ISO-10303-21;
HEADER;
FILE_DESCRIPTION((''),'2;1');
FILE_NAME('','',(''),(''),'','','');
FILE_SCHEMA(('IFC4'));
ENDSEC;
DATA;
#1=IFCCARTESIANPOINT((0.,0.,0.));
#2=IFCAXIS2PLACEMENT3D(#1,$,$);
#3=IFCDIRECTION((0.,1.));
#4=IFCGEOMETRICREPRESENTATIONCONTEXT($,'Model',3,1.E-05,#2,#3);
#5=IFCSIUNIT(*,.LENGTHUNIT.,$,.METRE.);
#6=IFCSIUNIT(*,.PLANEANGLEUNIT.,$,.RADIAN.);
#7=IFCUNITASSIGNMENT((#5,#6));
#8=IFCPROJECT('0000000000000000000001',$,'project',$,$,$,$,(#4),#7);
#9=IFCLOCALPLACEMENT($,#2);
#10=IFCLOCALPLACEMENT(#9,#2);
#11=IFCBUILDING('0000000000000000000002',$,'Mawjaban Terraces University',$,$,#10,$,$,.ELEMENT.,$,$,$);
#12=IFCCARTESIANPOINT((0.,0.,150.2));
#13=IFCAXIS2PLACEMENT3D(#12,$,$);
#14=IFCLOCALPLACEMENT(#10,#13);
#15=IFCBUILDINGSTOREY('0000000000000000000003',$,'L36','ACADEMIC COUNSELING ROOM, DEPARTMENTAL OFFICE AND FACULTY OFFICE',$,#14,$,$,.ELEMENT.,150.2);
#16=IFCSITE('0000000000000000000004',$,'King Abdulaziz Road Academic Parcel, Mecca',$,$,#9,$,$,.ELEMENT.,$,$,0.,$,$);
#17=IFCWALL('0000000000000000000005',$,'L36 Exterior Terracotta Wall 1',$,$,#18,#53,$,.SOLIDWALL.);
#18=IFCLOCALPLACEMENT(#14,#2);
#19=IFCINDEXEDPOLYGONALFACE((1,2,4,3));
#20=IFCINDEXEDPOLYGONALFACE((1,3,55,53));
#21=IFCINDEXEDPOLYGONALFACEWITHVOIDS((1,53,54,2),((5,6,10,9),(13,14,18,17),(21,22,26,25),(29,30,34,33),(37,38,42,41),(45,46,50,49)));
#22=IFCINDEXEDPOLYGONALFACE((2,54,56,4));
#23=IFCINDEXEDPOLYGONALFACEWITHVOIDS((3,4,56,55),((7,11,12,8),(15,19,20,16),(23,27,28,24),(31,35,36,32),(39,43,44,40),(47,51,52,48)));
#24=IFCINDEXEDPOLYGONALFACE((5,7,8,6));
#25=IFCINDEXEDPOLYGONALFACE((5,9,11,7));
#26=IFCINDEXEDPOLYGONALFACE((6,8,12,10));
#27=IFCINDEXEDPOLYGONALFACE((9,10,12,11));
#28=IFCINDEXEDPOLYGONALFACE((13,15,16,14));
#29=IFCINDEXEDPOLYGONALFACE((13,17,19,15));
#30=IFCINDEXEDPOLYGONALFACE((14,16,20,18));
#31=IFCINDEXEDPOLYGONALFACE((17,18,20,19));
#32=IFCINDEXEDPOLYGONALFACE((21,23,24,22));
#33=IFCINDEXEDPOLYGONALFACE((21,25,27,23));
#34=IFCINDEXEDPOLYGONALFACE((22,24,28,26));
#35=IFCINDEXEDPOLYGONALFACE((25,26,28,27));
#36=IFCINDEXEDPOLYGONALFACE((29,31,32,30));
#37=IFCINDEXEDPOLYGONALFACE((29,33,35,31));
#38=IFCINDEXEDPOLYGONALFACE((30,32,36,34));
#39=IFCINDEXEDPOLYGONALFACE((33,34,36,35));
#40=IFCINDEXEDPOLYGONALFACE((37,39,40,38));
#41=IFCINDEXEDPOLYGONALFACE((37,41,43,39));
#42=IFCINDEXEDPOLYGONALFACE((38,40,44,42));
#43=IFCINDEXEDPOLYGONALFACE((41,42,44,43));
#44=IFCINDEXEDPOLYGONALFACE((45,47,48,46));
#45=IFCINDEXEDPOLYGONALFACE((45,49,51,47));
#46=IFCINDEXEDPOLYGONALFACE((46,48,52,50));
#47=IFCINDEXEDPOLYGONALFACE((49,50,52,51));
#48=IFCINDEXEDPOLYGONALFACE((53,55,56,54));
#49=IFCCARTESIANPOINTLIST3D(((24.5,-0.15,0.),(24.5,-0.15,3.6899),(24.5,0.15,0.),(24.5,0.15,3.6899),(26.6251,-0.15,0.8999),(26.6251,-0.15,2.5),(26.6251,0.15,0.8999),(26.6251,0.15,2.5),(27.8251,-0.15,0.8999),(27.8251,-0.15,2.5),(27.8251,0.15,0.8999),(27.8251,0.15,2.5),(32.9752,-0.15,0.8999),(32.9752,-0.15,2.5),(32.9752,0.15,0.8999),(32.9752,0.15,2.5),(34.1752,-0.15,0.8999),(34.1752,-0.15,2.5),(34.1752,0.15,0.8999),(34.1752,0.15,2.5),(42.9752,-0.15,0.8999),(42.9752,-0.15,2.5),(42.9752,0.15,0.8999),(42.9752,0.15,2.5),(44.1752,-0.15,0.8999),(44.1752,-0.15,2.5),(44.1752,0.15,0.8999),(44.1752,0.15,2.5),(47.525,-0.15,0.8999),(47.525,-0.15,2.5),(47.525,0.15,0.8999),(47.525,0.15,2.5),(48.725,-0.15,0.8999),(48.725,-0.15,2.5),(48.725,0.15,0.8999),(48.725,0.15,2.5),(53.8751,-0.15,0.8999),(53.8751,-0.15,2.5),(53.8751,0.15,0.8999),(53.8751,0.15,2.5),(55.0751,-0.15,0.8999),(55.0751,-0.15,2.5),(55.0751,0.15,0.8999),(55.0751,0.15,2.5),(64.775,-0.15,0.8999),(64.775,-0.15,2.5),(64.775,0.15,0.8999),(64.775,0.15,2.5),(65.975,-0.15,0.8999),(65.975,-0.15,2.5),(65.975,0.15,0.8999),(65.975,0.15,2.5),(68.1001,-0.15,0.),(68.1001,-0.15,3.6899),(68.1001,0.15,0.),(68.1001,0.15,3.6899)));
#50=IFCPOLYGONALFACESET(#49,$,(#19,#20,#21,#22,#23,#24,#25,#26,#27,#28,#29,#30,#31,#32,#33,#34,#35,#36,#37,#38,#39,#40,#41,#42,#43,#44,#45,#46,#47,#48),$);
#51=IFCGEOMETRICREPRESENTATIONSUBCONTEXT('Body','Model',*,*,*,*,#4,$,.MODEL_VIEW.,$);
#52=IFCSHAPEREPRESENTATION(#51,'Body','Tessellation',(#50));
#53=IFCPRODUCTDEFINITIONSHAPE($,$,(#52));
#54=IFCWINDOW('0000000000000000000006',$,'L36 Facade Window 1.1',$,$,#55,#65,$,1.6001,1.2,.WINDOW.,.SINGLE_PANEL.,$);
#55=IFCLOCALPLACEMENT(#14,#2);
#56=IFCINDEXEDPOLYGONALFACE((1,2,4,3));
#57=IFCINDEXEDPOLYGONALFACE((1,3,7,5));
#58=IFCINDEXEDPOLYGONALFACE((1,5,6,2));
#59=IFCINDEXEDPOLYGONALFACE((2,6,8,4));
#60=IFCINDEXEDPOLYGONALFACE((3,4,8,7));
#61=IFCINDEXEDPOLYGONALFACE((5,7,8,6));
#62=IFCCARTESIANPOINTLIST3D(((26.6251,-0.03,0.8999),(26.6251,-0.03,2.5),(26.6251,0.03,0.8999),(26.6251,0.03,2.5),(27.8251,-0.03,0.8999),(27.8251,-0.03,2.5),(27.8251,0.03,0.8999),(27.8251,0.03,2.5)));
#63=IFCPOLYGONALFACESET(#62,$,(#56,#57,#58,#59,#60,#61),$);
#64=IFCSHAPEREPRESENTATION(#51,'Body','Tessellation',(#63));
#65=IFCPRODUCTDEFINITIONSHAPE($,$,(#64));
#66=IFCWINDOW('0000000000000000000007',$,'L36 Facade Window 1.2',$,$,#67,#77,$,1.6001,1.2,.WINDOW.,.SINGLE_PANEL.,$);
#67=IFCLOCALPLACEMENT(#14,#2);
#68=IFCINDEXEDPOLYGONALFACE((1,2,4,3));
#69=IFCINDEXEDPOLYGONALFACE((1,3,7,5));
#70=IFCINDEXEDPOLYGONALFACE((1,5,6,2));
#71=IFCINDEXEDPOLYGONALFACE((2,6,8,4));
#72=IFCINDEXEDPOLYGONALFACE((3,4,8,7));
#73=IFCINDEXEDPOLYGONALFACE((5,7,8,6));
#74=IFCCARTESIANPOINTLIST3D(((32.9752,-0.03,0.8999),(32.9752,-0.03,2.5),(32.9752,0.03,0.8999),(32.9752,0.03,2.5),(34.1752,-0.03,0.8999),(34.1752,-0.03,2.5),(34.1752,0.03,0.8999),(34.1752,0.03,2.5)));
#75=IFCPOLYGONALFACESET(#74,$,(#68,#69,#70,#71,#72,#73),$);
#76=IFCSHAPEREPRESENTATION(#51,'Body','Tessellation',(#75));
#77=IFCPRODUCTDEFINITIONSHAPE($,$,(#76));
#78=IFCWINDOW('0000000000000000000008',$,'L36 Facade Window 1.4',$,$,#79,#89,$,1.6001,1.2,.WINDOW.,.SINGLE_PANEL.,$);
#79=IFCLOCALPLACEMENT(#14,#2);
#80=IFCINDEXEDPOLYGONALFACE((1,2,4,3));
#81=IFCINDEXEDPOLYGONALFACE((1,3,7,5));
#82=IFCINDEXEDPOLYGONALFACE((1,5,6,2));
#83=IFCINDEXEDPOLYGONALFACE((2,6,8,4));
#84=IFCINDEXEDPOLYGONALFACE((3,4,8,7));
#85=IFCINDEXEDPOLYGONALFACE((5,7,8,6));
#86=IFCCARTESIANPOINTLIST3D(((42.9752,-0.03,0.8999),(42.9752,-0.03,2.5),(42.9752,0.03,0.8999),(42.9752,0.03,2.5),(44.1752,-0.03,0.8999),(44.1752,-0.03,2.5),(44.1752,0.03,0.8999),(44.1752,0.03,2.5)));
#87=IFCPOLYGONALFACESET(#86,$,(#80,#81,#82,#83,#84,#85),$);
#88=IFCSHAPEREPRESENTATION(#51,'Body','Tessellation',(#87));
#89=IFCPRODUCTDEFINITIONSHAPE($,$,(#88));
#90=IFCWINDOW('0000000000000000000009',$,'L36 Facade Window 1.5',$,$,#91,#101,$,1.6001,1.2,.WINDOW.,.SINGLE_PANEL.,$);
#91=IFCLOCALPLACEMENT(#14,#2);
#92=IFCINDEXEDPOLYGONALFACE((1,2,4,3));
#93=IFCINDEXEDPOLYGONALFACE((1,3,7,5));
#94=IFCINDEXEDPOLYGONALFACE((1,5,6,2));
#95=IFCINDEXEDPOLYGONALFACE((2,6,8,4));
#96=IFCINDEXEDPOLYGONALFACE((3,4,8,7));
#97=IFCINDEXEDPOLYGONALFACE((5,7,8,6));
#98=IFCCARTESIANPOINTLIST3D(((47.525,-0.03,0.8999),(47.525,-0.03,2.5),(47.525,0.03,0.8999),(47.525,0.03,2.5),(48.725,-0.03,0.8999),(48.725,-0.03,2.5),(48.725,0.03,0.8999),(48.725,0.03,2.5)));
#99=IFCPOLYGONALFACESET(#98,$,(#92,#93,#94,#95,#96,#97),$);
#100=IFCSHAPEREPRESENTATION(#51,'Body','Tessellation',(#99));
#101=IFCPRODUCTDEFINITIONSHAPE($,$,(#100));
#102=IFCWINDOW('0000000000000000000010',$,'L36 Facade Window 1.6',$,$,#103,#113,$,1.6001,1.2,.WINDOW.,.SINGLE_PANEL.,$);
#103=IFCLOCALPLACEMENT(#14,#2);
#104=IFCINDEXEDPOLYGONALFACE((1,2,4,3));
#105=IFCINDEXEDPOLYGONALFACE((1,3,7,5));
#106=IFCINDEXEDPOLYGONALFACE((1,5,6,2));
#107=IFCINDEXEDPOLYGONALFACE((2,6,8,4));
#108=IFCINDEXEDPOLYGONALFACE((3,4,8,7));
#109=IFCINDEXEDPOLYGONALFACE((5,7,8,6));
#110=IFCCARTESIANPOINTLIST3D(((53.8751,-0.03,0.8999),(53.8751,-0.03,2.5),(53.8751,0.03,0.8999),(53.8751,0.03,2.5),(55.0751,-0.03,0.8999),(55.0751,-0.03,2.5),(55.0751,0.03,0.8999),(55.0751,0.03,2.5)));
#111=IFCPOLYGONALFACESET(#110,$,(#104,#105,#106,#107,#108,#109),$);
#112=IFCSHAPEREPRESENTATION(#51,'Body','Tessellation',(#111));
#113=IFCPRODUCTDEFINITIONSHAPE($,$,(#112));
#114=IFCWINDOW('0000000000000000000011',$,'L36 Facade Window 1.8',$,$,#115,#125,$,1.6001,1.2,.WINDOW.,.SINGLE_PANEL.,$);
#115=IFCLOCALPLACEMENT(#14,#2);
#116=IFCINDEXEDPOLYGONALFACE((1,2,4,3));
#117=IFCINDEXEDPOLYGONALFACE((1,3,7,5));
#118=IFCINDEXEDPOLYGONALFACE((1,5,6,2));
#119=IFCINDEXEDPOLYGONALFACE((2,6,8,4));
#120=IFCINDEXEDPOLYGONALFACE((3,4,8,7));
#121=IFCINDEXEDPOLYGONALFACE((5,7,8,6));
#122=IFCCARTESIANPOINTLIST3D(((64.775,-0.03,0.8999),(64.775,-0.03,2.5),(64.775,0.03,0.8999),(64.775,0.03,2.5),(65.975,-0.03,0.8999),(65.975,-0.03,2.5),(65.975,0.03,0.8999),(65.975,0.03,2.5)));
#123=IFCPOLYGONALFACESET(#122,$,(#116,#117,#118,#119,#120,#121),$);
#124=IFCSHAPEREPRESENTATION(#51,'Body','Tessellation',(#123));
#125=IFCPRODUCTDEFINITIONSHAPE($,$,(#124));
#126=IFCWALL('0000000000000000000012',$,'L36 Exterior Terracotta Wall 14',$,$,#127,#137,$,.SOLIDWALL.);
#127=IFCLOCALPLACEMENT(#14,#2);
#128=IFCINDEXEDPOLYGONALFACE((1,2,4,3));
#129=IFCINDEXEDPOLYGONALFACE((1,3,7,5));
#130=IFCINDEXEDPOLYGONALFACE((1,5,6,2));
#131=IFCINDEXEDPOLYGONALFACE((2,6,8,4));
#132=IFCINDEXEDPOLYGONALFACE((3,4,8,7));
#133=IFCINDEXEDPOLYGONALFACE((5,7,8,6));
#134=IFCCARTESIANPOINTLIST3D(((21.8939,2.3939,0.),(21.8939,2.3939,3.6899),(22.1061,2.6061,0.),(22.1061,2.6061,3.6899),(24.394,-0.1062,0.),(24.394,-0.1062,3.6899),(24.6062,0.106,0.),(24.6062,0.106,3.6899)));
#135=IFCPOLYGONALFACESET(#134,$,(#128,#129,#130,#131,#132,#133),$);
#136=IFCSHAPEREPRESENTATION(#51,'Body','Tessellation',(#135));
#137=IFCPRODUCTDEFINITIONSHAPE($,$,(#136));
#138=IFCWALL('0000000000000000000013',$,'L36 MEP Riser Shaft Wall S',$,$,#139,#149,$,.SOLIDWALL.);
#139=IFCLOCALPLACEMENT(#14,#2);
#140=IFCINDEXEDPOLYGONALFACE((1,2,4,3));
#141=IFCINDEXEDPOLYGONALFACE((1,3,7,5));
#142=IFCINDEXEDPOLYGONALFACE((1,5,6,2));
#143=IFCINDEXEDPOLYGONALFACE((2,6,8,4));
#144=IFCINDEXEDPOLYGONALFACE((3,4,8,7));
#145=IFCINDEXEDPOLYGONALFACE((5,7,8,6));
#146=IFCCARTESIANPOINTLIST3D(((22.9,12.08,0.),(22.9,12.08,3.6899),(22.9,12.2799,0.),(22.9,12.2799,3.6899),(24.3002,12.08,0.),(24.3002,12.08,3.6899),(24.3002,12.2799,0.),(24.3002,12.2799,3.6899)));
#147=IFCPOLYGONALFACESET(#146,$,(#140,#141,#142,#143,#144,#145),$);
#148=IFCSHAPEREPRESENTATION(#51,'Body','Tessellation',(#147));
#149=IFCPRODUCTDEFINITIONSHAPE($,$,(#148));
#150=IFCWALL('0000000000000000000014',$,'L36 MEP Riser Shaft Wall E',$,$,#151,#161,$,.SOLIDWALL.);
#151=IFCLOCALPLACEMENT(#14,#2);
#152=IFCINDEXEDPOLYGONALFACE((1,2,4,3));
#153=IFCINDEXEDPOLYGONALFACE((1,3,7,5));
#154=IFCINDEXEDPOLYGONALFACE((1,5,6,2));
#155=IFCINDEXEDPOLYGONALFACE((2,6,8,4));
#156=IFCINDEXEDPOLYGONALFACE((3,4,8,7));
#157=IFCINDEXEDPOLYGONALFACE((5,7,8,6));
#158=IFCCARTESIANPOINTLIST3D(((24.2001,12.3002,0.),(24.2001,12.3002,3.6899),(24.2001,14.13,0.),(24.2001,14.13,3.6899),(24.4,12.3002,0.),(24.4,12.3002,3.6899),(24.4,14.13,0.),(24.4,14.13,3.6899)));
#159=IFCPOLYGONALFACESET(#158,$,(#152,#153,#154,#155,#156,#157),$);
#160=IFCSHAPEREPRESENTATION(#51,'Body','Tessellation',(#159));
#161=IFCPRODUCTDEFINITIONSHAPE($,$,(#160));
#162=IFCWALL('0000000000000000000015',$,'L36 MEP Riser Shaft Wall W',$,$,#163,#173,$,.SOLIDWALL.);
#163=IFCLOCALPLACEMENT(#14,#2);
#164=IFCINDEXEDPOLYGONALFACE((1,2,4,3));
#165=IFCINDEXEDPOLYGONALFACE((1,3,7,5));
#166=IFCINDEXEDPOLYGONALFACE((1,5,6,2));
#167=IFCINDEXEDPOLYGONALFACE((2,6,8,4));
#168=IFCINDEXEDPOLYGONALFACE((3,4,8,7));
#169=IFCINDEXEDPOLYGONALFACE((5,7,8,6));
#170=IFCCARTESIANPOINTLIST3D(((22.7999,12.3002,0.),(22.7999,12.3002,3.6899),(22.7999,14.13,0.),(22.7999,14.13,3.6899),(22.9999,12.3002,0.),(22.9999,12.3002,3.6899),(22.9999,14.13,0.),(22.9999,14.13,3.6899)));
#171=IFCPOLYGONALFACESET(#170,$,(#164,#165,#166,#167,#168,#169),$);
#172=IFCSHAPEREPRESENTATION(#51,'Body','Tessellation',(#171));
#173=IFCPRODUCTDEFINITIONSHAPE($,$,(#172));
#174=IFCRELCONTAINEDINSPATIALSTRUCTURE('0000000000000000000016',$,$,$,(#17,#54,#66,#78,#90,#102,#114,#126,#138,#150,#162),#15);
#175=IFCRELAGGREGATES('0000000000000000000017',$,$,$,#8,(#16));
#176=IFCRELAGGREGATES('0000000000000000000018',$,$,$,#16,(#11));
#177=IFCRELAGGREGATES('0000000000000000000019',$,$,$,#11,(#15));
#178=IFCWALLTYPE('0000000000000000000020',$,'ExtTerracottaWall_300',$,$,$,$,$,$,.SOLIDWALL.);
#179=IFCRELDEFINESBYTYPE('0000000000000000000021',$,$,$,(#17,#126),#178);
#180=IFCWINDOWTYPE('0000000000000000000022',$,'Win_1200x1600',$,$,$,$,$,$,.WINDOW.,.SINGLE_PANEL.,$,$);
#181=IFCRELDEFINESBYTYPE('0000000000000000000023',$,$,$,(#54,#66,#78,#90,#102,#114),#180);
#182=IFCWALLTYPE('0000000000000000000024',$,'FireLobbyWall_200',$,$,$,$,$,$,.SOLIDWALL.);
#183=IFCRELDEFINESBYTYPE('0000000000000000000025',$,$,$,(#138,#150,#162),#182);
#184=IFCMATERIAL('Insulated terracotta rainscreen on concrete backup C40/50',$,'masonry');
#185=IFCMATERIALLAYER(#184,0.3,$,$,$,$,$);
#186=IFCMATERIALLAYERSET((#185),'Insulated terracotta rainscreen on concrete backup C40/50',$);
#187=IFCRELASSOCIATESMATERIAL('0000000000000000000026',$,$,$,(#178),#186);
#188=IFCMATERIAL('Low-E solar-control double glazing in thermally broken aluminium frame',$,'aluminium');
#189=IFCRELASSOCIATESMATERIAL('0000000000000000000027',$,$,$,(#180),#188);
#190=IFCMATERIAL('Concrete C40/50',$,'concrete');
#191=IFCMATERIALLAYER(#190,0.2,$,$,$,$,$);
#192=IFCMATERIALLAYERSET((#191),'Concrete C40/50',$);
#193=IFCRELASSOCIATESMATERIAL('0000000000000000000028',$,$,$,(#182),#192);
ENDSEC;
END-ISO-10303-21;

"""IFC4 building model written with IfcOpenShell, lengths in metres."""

from ifc_helpers import new_model, si_unit, direction, frame, frame_2d, origin, place, context, subcontext, project, spatial, rectangle, extrude, material, layer, layer_set, type_object, element, fill, save


model = new_model("IFC4")

# Units and contexts
model_context = context("Model", 3, precision=1e-05, world=origin(), true_north=direction((0.0, 1.0)))
body_context = subcontext(model_context, "Body", "Model", "MODEL_VIEW")
ifc_project = project(units=[si_unit("LENGTHUNIT", "METRE"), si_unit("PLANEANGLEUNIT", "RADIAN")], contexts=[model_context])

# Site, building, storey
site_placement = place(None, origin())
site = spatial("IfcSite", under=ifc_project, at=site_placement, Name="King Abdulaziz Road Academic Parcel, Mecca", CompositionType="ELEMENT", RefElevation=0.0)
building_placement = place(site_placement, origin())
building = spatial("IfcBuilding", under=site, at=building_placement, Name="Mawjaban Terraces University", CompositionType="ELEMENT")
storey_placement = place(building_placement, frame((0.0, 0.0, 150.2)))
storey = spatial("IfcBuildingStorey", under=building, at=storey_placement, Name="L36", Description="ACADEMIC COUNSELING ROOM, DEPARTMENTAL OFFICE AND FACULTY OFFICE", CompositionType="ELEMENT", Elevation=150.2)

# Wall, openings, windows
ifc_material_1 = material(Name="Insulated terracotta rainscreen on concrete backup C40/50", Category="masonry")
ifc_layer_1 = layer(ifc_material_1, 0.3)
ifc_layer_set_1 = layer_set([ifc_layer_1], Name="Insulated terracotta rainscreen on concrete backup C40/50")
wall_type_1 = type_object("IfcWallType", Name="ExtTerracottaWall_300", PredefinedType="SOLIDWALL", material=ifc_layer_set_1)
wall_1_placement = place(storey_placement, frame((24.5, 0.0, 0.0), z_axis=(0.0, 0.0, 1.0), x_axis=(1.0, 0.0, 0.0)))
wall_1 = element("IfcWall", 1, at=wall_1_placement, inside=storey, type_object=wall_type_1, Name="L36 Exterior Terracotta Wall 1", PredefinedType="SOLIDWALL", context=body_context, shape_type="SweptSolid", body=[
    extrude(rectangle(XDim=43.6001, YDim=0.3, at=frame_2d((21.8, 0.0))), origin(), (0.0, 0.0, 1.0), 3.6899),
])
opening_1_placement = place(wall_1_placement, frame((2.125, 0.0, 0.8999)))
opening_1 = element("IfcOpeningElement", 2, at=opening_1_placement, cuts=wall_1, PredefinedType="OPENING", context=body_context, shape_type="SweptSolid", body=[
    extrude(rectangle(XDim=1.2, YDim=1.6001, at=frame_2d((0.6001, 0.8))), frame((0.0, 0.1599, 0.0), z_axis=(0.0, -1.0, 0.0), x_axis=(1.0, 0.0, 0.0)), (0.0, 0.0, 1.0), 0.3201),
])
opening_2_placement = place(wall_1_placement, frame((8.4751, 0.0, 0.8999)))
opening_2 = element("IfcOpeningElement", 3, at=opening_2_placement, cuts=wall_1, PredefinedType="OPENING", context=body_context, shape_type="SweptSolid", body=[
    extrude(rectangle(XDim=1.2, YDim=1.6001, at=frame_2d((0.6001, 0.8))), frame((0.0, 0.1599, 0.0), z_axis=(0.0, -1.0, 0.0), x_axis=(1.0, 0.0, 0.0)), (0.0, 0.0, 1.0), 0.3201),
])
opening_3_placement = place(wall_1_placement, frame((18.4751, 0.0, 0.8999)))
opening_3 = element("IfcOpeningElement", 4, at=opening_3_placement, cuts=wall_1, PredefinedType="OPENING", context=body_context, shape_type="SweptSolid", body=[
    extrude(rectangle(XDim=1.2, YDim=1.6001, at=frame_2d((0.6001, 0.8))), frame((0.0, 0.1599, 0.0), z_axis=(0.0, -1.0, 0.0), x_axis=(1.0, 0.0, 0.0)), (0.0, 0.0, 1.0), 0.3201),
])
opening_4_placement = place(wall_1_placement, frame((23.0249, 0.0, 0.8999)))
opening_4 = element("IfcOpeningElement", 5, at=opening_4_placement, cuts=wall_1, PredefinedType="OPENING", context=body_context, shape_type="SweptSolid", body=[
    extrude(rectangle(XDim=1.2, YDim=1.6001, at=frame_2d((0.6001, 0.8))), frame((0.0, 0.1599, 0.0), z_axis=(0.0, -1.0, 0.0), x_axis=(1.0, 0.0, 0.0)), (0.0, 0.0, 1.0), 0.3201),
])
opening_5_placement = place(wall_1_placement, frame((29.375, 0.0, 0.8999)))
opening_5 = element("IfcOpeningElement", 6, at=opening_5_placement, cuts=wall_1, PredefinedType="OPENING", context=body_context, shape_type="SweptSolid", body=[
    extrude(rectangle(XDim=1.2, YDim=1.6001, at=frame_2d((0.6001, 0.8))), frame((0.0, 0.1599, 0.0), z_axis=(0.0, -1.0, 0.0), x_axis=(1.0, 0.0, 0.0)), (0.0, 0.0, 1.0), 0.3201),
])
opening_6_placement = place(wall_1_placement, frame((40.2749, 0.0, 0.8999)))
opening_6 = element("IfcOpeningElement", 7, at=opening_6_placement, cuts=wall_1, PredefinedType="OPENING", context=body_context, shape_type="SweptSolid", body=[
    extrude(rectangle(XDim=1.2, YDim=1.6001, at=frame_2d((0.6001, 0.8))), frame((0.0, 0.1599, 0.0), z_axis=(0.0, -1.0, 0.0), x_axis=(1.0, 0.0, 0.0)), (0.0, 0.0, 1.0), 0.3201),
])
ifc_material_2 = material(Name="Low-E solar-control double glazing in thermally broken aluminium frame", Category="aluminium")
window_type = type_object("IfcWindowType", Name="Win_1200x1600", PartitioningType="SINGLE_PANEL", PredefinedType="WINDOW", material=ifc_material_2)
window_1_placement = place(opening_1_placement, origin())
window_1 = element("IfcWindow", 8, at=window_1_placement, inside=storey, type_object=window_type, Name="L36 Facade Window 1.1", OverallHeight=1.6001, OverallWidth=1.2, PartitioningType="SINGLE_PANEL", PredefinedType="WINDOW", context=body_context, shape_type="SweptSolid", body=[
    extrude(rectangle(XDim=1.2, YDim=1.6001, at=frame_2d((0.6001, 0.8))), frame((0.0, 0.03, 0.0), z_axis=(0.0, -1.0, 0.0), x_axis=(1.0, 0.0, 0.0)), (0.0, 0.0, 1.0), 0.0601),
])
fill(opening_1, window_1)
window_2_placement = place(opening_2_placement, origin())
window_2 = element("IfcWindow", 9, at=window_2_placement, inside=storey, type_object=window_type, Name="L36 Facade Window 1.2", OverallHeight=1.6001, OverallWidth=1.2, PartitioningType="SINGLE_PANEL", PredefinedType="WINDOW", context=body_context, shape_type="SweptSolid", body=[
    extrude(rectangle(XDim=1.2, YDim=1.6001, at=frame_2d((0.6001, 0.8))), frame((0.0, 0.03, 0.0), z_axis=(0.0, -1.0, 0.0), x_axis=(1.0, 0.0, 0.0)), (0.0, 0.0, 1.0), 0.0601),
])
fill(opening_2, window_2)
window_3_placement = place(opening_3_placement, origin())
window_3 = element("IfcWindow", 10, at=window_3_placement, inside=storey, type_object=window_type, Name="L36 Facade Window 1.4", OverallHeight=1.6001, OverallWidth=1.2, PartitioningType="SINGLE_PANEL", PredefinedType="WINDOW", context=body_context, shape_type="SweptSolid", body=[
    extrude(rectangle(XDim=1.2, YDim=1.6001, at=frame_2d((0.6001, 0.8))), frame((0.0, 0.03, 0.0), z_axis=(0.0, -1.0, 0.0), x_axis=(1.0, 0.0, 0.0)), (0.0, 0.0, 1.0), 0.0601),
])
fill(opening_3, window_3)
window_4_placement = place(opening_4_placement, origin())
window_4 = element("IfcWindow", 11, at=window_4_placement, inside=storey, type_object=window_type, Name="L36 Facade Window 1.5", OverallHeight=1.6001, OverallWidth=1.2, PartitioningType="SINGLE_PANEL", PredefinedType="WINDOW", context=body_context, shape_type="SweptSolid", body=[
    extrude(rectangle(XDim=1.2, YDim=1.6001, at=frame_2d((0.6001, 0.8))), frame((0.0, 0.03, 0.0), z_axis=(0.0, -1.0, 0.0), x_axis=(1.0, 0.0, 0.0)), (0.0, 0.0, 1.0), 0.0601),
])
fill(opening_4, window_4)
window_5_placement = place(opening_5_placement, origin())
window_5 = element("IfcWindow", 12, at=window_5_placement, inside=storey, type_object=window_type, Name="L36 Facade Window 1.6", OverallHeight=1.6001, OverallWidth=1.2, PartitioningType="SINGLE_PANEL", PredefinedType="WINDOW", context=body_context, shape_type="SweptSolid", body=[
    extrude(rectangle(XDim=1.2, YDim=1.6001, at=frame_2d((0.6001, 0.8))), frame((0.0, 0.03, 0.0), z_axis=(0.0, -1.0, 0.0), x_axis=(1.0, 0.0, 0.0)), (0.0, 0.0, 1.0), 0.0601),
])
fill(opening_5, window_5)
window_6_placement = place(opening_6_placement, origin())
window_6 = element("IfcWindow", 13, at=window_6_placement, inside=storey, type_object=window_type, Name="L36 Facade Window 1.8", OverallHeight=1.6001, OverallWidth=1.2, PartitioningType="SINGLE_PANEL", PredefinedType="WINDOW", context=body_context, shape_type="SweptSolid", body=[
    extrude(rectangle(XDim=1.2, YDim=1.6001, at=frame_2d((0.6001, 0.8))), frame((0.0, 0.03, 0.0), z_axis=(0.0, -1.0, 0.0), x_axis=(1.0, 0.0, 0.0)), (0.0, 0.0, 1.0), 0.0601),
])
fill(opening_6, window_6)

# Walls
wall_2_placement = place(storey_placement, frame((22.0, 2.5, 0.0), z_axis=(0.0, 0.0, 1.0), x_axis=(0.707107, -0.707107, 0.0)))
element("IfcWall", 14, at=wall_2_placement, inside=storey, type_object=wall_type_1, Name="L36 Exterior Terracotta Wall 14", PredefinedType="SOLIDWALL", context=body_context, shape_type="SweptSolid", body=[
    extrude(rectangle(XDim=3.5356, YDim=0.3, at=frame_2d((1.7678, 0.0))), origin(), (0.0, 0.0, 1.0), 3.6899),
])
ifc_material_3 = material(Name="Concrete C40/50", Category="concrete")
ifc_layer_2 = layer(ifc_material_3, 0.2)
ifc_layer_set_2 = layer_set([ifc_layer_2], Name="Concrete C40/50")
wall_type_2 = type_object("IfcWallType", Name="FireLobbyWall_200", PredefinedType="SOLIDWALL", material=ifc_layer_set_2)
wall_3_placement = place(storey_placement, frame((22.8999, 12.1799, 0.0), z_axis=(0.0, 0.0, 1.0), x_axis=(1.0, 0.0, 0.0)))
element("IfcWall", 15, at=wall_3_placement, inside=storey, type_object=wall_type_2, Name="L36 MEP Riser Shaft Wall S", PredefinedType="SOLIDWALL", context=body_context, shape_type="SweptSolid", body=[
    extrude(rectangle(XDim=1.4001, YDim=0.2, at=frame_2d((0.7002, 0.0))), origin(), (0.0, 0.0, 1.0), 3.6899),
])
for number, where, z_axis, x_axis, name in (
    (16, (24.3, 12.3, 0.0), (0.0, 0.0, 1.0), (0.0, 1.0, 0.0), "L36 MEP Riser Shaft Wall E"),
    (17, (22.8999, 12.3, 0.0), (0.0, 0.0, 1.0), (0.0, 1.0, 0.0), "L36 MEP Riser Shaft Wall W"),
):
    element("IfcWall", number, at=place(storey_placement, frame(where, z_axis=z_axis, x_axis=x_axis)), inside=storey, type_object=wall_type_2, Name=name, PredefinedType="SOLIDWALL", context=body_context, shape_type="SweptSolid", body=[
        extrude(rectangle(XDim=1.8298, YDim=0.2, at=frame_2d((0.915, 0.0))), origin(), (0.0, 0.0, 1.0), 3.6899),
    ])

save(model, "model.ifc")
